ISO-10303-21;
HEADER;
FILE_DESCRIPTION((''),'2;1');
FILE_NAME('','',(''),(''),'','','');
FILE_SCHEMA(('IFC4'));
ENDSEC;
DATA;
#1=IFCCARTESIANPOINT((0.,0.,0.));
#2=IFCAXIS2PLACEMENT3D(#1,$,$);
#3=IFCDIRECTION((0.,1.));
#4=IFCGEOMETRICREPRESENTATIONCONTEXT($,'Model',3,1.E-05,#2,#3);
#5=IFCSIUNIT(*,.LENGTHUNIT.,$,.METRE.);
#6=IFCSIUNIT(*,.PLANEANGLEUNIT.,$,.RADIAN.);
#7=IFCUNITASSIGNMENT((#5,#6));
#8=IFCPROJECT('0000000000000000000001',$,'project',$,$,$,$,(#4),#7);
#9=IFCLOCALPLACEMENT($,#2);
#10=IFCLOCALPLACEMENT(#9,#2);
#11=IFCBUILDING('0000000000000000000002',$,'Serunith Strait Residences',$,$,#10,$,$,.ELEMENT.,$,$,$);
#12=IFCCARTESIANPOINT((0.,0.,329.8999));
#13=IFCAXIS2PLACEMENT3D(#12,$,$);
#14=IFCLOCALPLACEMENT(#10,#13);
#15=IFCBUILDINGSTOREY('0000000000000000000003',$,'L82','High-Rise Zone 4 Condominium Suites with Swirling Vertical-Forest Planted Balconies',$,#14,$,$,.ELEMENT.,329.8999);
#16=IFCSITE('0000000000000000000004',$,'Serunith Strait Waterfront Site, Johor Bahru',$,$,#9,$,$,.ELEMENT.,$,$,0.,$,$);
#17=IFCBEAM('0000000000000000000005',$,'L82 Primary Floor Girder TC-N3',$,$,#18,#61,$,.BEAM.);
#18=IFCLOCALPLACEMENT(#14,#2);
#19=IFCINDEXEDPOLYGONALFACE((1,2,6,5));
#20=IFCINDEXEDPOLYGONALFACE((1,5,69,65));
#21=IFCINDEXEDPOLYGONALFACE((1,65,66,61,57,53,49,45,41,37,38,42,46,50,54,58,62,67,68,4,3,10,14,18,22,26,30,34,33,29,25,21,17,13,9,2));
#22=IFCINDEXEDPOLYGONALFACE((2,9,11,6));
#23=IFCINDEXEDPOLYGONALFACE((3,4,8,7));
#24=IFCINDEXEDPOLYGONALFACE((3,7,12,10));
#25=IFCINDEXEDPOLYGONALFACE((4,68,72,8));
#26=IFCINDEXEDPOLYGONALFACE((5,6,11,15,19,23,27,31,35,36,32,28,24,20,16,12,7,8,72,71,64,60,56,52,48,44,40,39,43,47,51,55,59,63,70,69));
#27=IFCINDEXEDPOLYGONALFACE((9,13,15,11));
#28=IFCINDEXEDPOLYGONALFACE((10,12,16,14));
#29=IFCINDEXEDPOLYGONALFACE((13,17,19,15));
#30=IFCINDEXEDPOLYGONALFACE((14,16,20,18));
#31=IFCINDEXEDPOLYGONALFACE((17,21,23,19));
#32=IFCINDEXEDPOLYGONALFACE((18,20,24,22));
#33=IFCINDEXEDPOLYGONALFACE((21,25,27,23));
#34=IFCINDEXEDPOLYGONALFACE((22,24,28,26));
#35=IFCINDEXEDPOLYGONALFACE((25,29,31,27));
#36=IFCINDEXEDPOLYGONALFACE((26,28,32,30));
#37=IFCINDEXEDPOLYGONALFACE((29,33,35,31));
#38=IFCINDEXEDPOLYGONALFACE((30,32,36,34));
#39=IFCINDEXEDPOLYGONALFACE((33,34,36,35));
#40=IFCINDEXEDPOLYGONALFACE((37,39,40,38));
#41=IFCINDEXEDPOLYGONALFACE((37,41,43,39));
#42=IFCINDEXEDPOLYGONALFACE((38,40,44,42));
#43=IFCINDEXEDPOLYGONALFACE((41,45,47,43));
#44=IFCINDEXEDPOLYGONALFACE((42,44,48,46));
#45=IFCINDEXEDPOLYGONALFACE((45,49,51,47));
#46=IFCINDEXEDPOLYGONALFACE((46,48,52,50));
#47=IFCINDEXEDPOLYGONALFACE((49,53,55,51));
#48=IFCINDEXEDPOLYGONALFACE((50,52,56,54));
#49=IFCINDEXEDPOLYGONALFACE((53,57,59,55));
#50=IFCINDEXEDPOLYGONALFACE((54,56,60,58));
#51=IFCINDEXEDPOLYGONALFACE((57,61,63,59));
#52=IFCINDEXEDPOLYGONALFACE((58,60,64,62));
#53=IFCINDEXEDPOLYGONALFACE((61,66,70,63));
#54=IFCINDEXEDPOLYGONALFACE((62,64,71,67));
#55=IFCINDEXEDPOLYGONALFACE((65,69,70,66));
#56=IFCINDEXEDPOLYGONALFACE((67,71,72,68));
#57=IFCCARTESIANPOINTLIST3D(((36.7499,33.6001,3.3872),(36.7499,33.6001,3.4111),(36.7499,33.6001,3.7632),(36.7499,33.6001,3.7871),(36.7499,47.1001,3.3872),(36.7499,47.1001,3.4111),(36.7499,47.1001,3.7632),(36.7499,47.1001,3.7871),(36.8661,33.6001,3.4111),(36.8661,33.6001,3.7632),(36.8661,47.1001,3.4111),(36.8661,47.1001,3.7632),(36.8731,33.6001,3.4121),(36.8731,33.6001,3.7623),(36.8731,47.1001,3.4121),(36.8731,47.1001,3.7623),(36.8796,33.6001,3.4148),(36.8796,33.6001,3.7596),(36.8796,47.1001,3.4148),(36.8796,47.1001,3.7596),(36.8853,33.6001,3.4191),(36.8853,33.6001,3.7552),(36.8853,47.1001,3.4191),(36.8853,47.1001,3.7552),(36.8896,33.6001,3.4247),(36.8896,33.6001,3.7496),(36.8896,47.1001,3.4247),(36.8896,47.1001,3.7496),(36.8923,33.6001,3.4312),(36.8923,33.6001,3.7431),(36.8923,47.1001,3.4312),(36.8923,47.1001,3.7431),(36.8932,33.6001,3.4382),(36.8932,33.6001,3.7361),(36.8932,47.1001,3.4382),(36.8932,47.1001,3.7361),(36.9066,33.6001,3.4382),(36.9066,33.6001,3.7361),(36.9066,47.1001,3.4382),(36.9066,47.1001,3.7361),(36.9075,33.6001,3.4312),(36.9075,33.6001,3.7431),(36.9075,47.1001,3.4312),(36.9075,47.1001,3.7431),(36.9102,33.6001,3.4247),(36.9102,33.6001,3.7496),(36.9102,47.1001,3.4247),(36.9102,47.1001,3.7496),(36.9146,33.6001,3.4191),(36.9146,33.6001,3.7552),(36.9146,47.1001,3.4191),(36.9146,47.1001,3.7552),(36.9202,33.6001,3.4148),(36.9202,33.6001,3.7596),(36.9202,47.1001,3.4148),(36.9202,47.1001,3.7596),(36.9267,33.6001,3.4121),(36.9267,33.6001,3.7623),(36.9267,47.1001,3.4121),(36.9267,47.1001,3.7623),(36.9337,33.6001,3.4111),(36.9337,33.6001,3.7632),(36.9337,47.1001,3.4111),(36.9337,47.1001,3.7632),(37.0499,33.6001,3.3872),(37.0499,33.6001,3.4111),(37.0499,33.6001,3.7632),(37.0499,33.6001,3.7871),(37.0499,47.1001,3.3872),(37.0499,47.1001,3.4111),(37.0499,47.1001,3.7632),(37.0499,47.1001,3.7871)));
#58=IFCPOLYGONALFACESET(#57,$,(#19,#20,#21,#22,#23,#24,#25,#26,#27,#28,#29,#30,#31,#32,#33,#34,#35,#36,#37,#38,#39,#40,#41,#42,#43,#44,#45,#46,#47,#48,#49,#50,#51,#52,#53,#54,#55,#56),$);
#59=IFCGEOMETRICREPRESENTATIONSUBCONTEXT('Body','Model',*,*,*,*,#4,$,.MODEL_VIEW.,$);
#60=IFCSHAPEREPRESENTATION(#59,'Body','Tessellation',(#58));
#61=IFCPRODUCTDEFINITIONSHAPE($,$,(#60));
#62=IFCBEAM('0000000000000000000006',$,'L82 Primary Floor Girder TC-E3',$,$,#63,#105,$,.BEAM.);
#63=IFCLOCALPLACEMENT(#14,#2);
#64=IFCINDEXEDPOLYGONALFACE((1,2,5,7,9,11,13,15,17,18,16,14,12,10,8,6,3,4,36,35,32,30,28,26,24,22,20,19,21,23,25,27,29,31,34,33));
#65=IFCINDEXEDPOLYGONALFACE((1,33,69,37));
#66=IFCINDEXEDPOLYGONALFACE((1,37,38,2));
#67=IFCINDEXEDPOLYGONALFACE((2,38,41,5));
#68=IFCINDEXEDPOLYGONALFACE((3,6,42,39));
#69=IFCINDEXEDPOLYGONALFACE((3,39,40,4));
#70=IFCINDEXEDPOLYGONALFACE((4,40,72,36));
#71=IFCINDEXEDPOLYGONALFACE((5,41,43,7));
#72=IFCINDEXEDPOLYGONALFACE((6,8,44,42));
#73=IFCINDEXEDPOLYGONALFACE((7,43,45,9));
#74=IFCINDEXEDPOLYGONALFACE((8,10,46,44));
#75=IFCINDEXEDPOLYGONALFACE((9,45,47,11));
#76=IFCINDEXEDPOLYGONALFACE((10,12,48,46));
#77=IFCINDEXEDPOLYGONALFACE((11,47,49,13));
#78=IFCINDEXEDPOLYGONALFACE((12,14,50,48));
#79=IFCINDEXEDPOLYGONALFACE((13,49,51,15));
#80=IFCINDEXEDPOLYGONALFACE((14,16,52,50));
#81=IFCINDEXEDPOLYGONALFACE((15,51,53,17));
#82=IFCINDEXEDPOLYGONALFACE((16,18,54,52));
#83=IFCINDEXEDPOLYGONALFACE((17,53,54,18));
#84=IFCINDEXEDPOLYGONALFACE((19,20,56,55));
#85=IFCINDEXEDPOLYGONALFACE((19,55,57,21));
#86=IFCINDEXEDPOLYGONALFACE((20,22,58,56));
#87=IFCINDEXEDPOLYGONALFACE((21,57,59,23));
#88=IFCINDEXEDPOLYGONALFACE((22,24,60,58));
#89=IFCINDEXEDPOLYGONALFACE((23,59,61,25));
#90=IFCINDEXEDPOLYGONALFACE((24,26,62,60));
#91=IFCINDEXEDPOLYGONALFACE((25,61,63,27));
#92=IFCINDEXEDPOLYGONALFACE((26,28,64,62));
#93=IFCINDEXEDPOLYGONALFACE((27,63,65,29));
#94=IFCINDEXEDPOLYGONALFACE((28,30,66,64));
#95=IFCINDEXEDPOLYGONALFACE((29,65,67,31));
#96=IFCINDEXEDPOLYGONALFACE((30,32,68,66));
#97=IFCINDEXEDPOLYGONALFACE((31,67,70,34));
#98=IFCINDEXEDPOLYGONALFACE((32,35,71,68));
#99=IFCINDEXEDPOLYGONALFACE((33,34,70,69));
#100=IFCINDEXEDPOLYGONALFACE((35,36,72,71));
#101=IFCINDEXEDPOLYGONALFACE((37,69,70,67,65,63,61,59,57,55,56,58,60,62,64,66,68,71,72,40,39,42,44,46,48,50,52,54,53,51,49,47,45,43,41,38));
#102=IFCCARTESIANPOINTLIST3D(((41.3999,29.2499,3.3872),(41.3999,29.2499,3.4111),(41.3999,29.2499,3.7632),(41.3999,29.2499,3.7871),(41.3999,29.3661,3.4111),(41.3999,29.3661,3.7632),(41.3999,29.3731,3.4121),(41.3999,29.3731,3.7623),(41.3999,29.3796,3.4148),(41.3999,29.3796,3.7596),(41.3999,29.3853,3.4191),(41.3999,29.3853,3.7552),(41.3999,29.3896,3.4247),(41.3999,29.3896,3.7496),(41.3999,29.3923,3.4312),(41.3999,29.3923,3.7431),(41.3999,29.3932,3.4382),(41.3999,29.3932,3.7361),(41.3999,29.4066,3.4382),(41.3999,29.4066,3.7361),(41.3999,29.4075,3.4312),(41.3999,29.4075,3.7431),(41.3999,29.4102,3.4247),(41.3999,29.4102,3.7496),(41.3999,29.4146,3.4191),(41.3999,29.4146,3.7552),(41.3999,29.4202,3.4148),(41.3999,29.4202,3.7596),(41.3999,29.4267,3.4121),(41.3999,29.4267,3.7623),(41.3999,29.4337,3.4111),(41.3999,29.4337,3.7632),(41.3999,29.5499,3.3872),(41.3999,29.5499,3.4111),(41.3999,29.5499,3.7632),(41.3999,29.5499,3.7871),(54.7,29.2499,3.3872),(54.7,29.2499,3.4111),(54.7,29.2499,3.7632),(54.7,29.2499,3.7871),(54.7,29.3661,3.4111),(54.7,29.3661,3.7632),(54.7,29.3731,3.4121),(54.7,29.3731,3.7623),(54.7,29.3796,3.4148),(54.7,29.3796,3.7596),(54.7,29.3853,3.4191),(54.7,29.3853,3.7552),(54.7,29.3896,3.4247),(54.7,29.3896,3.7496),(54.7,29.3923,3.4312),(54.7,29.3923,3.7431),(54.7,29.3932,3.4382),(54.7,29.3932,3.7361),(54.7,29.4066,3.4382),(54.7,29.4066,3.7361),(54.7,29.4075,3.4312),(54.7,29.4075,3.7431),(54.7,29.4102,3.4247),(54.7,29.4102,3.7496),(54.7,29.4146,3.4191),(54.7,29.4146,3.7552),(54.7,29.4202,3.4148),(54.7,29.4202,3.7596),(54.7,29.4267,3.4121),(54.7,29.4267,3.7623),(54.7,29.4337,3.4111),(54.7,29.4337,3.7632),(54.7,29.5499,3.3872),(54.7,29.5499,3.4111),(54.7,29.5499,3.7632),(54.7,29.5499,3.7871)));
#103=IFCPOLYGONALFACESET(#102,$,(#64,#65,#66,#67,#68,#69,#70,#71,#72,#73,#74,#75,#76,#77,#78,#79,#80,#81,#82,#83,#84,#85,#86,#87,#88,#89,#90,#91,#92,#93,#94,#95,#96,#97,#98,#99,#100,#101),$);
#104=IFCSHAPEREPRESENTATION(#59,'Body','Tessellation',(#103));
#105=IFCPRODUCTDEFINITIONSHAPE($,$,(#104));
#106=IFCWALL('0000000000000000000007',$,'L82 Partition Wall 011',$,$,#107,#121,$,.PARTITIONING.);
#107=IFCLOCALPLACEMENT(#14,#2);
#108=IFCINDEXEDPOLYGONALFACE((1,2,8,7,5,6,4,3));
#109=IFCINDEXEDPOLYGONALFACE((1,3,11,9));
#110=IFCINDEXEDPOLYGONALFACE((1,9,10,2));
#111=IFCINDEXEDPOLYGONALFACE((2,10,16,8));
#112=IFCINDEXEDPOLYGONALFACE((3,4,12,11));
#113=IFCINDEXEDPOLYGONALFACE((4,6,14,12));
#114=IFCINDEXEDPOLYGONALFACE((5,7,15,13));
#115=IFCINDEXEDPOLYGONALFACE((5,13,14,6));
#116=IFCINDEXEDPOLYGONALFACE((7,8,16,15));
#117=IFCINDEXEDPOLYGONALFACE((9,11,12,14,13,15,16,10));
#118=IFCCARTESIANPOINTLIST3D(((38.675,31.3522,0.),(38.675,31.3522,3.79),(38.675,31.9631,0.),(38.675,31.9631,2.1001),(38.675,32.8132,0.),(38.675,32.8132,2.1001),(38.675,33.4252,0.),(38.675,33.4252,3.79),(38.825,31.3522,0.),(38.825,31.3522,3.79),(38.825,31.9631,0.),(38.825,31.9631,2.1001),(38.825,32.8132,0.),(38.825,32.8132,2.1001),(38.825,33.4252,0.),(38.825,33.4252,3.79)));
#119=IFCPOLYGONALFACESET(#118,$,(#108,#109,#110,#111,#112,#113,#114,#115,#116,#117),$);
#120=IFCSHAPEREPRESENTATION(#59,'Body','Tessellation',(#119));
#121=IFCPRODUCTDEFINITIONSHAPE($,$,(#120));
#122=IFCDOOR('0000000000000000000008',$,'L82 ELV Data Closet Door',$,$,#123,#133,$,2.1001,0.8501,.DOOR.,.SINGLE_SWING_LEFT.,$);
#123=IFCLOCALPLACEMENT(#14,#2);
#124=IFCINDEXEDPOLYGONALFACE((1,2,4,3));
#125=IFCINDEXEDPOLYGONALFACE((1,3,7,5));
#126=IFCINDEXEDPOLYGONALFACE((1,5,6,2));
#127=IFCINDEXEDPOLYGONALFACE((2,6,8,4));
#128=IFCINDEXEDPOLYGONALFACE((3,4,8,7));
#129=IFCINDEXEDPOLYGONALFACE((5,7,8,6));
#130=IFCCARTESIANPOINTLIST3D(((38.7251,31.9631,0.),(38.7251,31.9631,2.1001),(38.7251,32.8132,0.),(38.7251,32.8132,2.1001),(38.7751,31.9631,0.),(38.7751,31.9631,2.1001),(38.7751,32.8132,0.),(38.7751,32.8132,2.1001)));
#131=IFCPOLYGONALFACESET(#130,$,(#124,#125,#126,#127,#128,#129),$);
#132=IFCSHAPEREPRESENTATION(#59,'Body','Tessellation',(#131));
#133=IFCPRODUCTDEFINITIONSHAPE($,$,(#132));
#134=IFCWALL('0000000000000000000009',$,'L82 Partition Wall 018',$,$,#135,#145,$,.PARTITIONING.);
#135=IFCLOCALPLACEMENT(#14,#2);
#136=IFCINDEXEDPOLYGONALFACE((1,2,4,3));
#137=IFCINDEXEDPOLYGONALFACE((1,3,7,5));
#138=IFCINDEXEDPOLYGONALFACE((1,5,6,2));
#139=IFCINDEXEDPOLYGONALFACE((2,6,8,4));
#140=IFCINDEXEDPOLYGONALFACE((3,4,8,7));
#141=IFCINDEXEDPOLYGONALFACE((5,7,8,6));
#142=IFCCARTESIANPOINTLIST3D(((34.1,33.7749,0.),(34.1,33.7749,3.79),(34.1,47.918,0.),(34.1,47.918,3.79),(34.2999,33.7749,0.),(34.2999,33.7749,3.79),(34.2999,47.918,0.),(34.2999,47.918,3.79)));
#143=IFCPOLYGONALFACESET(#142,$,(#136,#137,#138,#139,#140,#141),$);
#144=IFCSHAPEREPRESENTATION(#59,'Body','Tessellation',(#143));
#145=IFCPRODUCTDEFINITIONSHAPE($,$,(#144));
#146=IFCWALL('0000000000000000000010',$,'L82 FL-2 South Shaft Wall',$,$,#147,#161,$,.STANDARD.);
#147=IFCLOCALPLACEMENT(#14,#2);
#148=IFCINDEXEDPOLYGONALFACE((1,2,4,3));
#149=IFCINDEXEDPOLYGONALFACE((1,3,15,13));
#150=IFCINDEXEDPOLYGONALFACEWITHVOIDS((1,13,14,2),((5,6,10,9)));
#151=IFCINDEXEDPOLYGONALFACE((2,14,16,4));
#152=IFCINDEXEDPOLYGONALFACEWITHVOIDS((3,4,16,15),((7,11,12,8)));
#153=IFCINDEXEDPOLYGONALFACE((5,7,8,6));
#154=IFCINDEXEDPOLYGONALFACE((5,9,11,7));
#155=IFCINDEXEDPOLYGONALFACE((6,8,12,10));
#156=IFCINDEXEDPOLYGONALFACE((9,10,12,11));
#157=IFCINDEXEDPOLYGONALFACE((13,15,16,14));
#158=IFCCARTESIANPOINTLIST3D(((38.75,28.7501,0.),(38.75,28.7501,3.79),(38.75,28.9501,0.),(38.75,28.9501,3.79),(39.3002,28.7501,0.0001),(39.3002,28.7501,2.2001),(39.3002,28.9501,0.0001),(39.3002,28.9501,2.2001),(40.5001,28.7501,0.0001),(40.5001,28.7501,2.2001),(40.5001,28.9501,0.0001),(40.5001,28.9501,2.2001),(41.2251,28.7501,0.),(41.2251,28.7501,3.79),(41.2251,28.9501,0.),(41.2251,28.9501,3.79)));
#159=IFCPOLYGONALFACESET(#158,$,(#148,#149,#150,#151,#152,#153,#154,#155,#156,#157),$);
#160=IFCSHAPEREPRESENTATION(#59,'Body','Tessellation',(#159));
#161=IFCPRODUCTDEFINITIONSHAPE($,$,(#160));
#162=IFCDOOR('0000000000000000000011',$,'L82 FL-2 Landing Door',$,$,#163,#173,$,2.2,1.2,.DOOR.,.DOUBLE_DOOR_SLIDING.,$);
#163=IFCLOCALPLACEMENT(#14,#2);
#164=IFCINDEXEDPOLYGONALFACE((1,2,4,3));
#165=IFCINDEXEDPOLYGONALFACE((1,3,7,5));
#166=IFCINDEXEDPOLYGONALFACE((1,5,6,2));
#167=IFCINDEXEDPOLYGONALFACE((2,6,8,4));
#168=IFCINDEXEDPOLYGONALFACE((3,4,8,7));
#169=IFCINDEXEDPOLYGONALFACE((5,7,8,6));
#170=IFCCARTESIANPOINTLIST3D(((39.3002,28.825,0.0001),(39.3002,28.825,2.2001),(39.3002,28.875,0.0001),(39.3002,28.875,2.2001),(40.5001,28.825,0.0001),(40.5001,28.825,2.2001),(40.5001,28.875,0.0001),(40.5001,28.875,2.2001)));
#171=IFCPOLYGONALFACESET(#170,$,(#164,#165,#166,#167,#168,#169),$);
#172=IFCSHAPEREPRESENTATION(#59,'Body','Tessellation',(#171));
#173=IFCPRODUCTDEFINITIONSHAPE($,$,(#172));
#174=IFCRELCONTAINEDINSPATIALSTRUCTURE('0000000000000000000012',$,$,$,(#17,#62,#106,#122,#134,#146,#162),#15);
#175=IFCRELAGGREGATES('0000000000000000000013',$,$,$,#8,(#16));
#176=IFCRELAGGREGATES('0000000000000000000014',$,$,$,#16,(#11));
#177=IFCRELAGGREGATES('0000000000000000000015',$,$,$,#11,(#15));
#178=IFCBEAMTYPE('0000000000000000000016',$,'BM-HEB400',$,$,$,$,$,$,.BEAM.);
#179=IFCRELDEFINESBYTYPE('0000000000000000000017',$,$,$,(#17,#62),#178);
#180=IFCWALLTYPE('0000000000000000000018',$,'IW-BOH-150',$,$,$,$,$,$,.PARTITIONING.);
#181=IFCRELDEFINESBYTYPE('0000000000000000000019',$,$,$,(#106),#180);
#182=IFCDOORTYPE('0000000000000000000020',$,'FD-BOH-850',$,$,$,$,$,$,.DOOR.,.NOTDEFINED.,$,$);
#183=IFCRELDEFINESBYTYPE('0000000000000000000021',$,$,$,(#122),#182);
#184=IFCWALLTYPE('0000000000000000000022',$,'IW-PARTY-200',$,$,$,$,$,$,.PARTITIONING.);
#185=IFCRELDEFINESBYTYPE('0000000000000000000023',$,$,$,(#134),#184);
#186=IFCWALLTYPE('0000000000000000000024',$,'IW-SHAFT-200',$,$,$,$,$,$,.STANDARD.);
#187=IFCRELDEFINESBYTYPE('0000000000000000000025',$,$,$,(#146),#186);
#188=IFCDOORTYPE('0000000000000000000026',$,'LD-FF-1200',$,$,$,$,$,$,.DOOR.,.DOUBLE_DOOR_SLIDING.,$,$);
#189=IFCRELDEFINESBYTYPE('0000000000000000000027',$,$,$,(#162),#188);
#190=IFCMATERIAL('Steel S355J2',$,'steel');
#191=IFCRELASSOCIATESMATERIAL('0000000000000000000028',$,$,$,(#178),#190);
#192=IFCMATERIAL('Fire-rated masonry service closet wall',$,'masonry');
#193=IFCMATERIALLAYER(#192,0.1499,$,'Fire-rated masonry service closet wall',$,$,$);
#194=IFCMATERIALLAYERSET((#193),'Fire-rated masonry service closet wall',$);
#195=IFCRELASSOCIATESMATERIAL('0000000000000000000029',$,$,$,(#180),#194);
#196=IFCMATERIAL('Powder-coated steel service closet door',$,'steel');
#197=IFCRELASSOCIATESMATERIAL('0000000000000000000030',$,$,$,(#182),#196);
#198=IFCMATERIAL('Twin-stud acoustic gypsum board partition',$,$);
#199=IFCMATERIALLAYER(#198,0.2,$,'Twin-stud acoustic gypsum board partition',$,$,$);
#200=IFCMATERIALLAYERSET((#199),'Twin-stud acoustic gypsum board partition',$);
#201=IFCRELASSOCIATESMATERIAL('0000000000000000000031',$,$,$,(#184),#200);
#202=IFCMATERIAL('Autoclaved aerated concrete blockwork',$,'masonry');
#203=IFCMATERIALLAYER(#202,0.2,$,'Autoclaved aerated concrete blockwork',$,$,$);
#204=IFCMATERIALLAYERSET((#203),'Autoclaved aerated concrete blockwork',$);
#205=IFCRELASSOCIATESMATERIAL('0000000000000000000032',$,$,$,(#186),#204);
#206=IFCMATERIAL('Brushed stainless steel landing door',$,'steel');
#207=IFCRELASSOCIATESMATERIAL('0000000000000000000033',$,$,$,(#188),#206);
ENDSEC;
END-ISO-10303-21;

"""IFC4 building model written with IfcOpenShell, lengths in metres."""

from ifc_helpers import new_model, si_unit, direction, frame, frame_2d, origin, origin_2d, place, context, subcontext, project, spatial, rectangle, i_section, extrude, source, transform, mapped, material, layer, layer_set, material_profile, profile_set, type_object, element, fill, save


model = new_model("IFC4")

# Units and contexts
model_context = context("Model", 3, precision=1e-05, world=origin(), true_north=direction((0.0, 1.0)))
body_context = subcontext(model_context, "Body", "Model", "MODEL_VIEW")
ifc_project = project(units=[si_unit("LENGTHUNIT", "METRE"), si_unit("PLANEANGLEUNIT", "RADIAN")], contexts=[model_context])

# Site, building, storey
site_placement = place(None, origin())
site = spatial("IfcSite", under=ifc_project, at=site_placement, Name="Serunith Strait Waterfront Site, Johor Bahru", CompositionType="ELEMENT", RefElevation=0.0)
building_placement = place(site_placement, origin())
building = spatial("IfcBuilding", under=site, at=building_placement, Name="Serunith Strait Residences", CompositionType="ELEMENT")
storey_placement = place(building_placement, frame((0.0, 0.0, 329.8999)))
storey = spatial("IfcBuildingStorey", under=building, at=storey_placement, Name="L82", Description="High-Rise Zone 4 Condominium Suites with Swirling Vertical-Forest Planted Balconies", CompositionType="ELEMENT", Elevation=329.8999)

# Beams
ifc_material_1 = material(Name="Steel S355J2", Category="steel")
ifc_material_profile = material_profile(ifc_material_1, i_section(OverallWidth=0.3, OverallDepth=0.3999, WebThickness=0.0134, FlangeThickness=0.0239, FilletRadius=0.0271, at=origin_2d()), Name="HEB 400")
ifc_profile_set = profile_set([ifc_material_profile], Name="Steel S355J2")
beam_type = type_object("IfcBeamType", Name="BM-HEB400", PredefinedType="BEAM", material=ifc_profile_set)
shared_shape_1 = source(origin(), body_context, "Body", "SweptSolid", [
    extrude(i_section(OverallWidth=0.3, OverallDepth=0.3999, WebThickness=0.0134, FlangeThickness=0.0239, FilletRadius=0.0271, at=origin_2d()), origin(), (0.0, 0.0, 1.0), 13.5),
])
beam_1_placement = place(storey_placement, frame((36.8999, 33.6001, 3.5872), z_axis=(0.0, 1.0, 0.0), x_axis=(-1.0, 0.0, 0.0)))
element("IfcBeam", 1, at=beam_1_placement, inside=storey, type_object=beam_type, Name="L82 Primary Floor Girder TC-N3", PredefinedType="BEAM", context=body_context, shape_type="MappedRepresentation", body=[
    mapped(shared_shape_1, transform((0.0, 0.0, 0.0), scale=1.0)),
])
shared_shape_2 = source(origin(), body_context, "Body", "SweptSolid", [
    extrude(i_section(OverallWidth=0.3, OverallDepth=0.3999, WebThickness=0.0134, FlangeThickness=0.0239, FilletRadius=0.0271, at=origin_2d()), origin(), (0.0, 0.0, 1.0), 13.3),
])
beam_2_placement = place(storey_placement, frame((41.3999, 29.3999, 3.5872), z_axis=(1.0, 0.0, 0.0), x_axis=(0.0, 1.0, 0.0)))
element("IfcBeam", 2, at=beam_2_placement, inside=storey, type_object=beam_type, Name="L82 Primary Floor Girder TC-E3", PredefinedType="BEAM", context=body_context, shape_type="MappedRepresentation", body=[
    mapped(shared_shape_2, transform((0.0, 0.0, 0.0), scale=1.0)),
])

# Wall, opening, door
ifc_material_2 = material(Name="Fire-rated masonry service closet wall", Category="masonry")
ifc_layer_1 = layer(ifc_material_2, 0.1499, Name="Fire-rated masonry service closet wall")
ifc_layer_set_1 = layer_set([ifc_layer_1], Name="Fire-rated masonry service closet wall")
wall_type_1 = type_object("IfcWallType", Name="IW-BOH-150", PredefinedType="PARTITIONING", material=ifc_layer_set_1)
wall_1_placement = place(storey_placement, frame((38.75, 31.3521, 0.0), z_axis=(0.0, 0.0, 1.0), x_axis=(0.0, 1.0, 0.0)))
wall_1 = element("IfcWall", 3, at=wall_1_placement, inside=storey, type_object=wall_type_1, Name="L82 Partition Wall 011", PredefinedType="PARTITIONING", context=body_context, shape_type="SweptSolid", body=[
    extrude(rectangle(XDim=2.073, YDim=0.1499, at=frame_2d((1.0366, 0.0))), origin(), (0.0, 0.0, 1.0), 3.79),
])
opening_1_placement = place(wall_1_placement, frame((0.6111, 0.0, 0.0)))
opening_1 = element("IfcOpeningElement", 4, at=opening_1_placement, cuts=wall_1, PredefinedType="OPENING", context=body_context, shape_type="SweptSolid", body=[
    extrude(rectangle(XDim=0.8501, YDim=2.1001, at=frame_2d((0.425, 1.05))), frame((0.0, 0.085, 0.0), z_axis=(0.0, -1.0, 0.0), x_axis=(1.0, 0.0, 0.0)), (0.0, 0.0, 1.0), 0.1699),
])
ifc_material_3 = material(Name="Powder-coated steel service closet door", Category="steel")
door_type_1 = type_object("IfcDoorType", Name="FD-BOH-850", OperationType="NOTDEFINED", PredefinedType="DOOR", material=ifc_material_3)
shared_shape_3 = source(origin(), body_context, "Body", "SweptSolid", [
    extrude(rectangle(XDim=0.8501, YDim=2.1001, at=frame_2d((0.425, 1.05))), frame((0.0, 0.0249, 0.0), z_axis=(0.0, -1.0, 0.0), x_axis=(1.0, 0.0, 0.0)), (0.0, 0.0, 1.0), 0.05),
])
door_1_placement = place(opening_1_placement, origin())
door_1 = element("IfcDoor", 5, at=door_1_placement, inside=storey, type_object=door_type_1, Name="L82 ELV Data Closet Door", OperationType="SINGLE_SWING_LEFT", OverallHeight=2.1001, OverallWidth=0.8501, PredefinedType="DOOR", context=body_context, shape_type="MappedRepresentation", body=[
    mapped(shared_shape_3, transform((0.0, 0.0, 0.0), scale=1.0)),
])
fill(opening_1, door_1)

# Wall
ifc_material_4 = material(Name="Twin-stud acoustic gypsum board partition")
ifc_layer_2 = layer(ifc_material_4, 0.2, Name="Twin-stud acoustic gypsum board partition")
ifc_layer_set_2 = layer_set([ifc_layer_2], Name="Twin-stud acoustic gypsum board partition")
wall_type_2 = type_object("IfcWallType", Name="IW-PARTY-200", PredefinedType="PARTITIONING", material=ifc_layer_set_2)
wall_2_placement = place(storey_placement, frame((34.2, 33.7749, 0.0), z_axis=(0.0, 0.0, 1.0), x_axis=(0.0, 1.0, 0.0)))
element("IfcWall", 6, at=wall_2_placement, inside=storey, type_object=wall_type_2, Name="L82 Partition Wall 018", PredefinedType="PARTITIONING", context=body_context, shape_type="SweptSolid", body=[
    extrude(rectangle(XDim=14.1431, YDim=0.2, at=frame_2d((7.0715, 0.0))), origin(), (0.0, 0.0, 1.0), 3.79),
])

# Wall, opening, door
ifc_material_5 = material(Name="Autoclaved aerated concrete blockwork", Category="masonry")
ifc_layer_3 = layer(ifc_material_5, 0.2, Name="Autoclaved aerated concrete blockwork")
ifc_layer_set_3 = layer_set([ifc_layer_3], Name="Autoclaved aerated concrete blockwork")
wall_type_3 = type_object("IfcWallType", Name="IW-SHAFT-200", PredefinedType="STANDARD", material=ifc_layer_set_3)
wall_3_placement = place(storey_placement, frame((38.75, 28.8501, 0.0), z_axis=(0.0, 0.0, 1.0), x_axis=(1.0, 0.0, 0.0)))
wall_3 = element("IfcWall", 7, at=wall_3_placement, inside=storey, type_object=wall_type_3, Name="L82 FL-2 South Shaft Wall", PredefinedType="STANDARD", context=body_context, shape_type="SweptSolid", body=[
    extrude(rectangle(XDim=2.4751, YDim=0.2, at=frame_2d((1.2375, 0.0))), origin(), (0.0, 0.0, 1.0), 3.79),
])
opening_2_placement = place(wall_3_placement, frame((0.55, 0.0, 0.0)))
opening_2 = element("IfcOpeningElement", 8, at=opening_2_placement, cuts=wall_3, PredefinedType="OPENING", context=body_context, shape_type="SweptSolid", body=[
    extrude(rectangle(XDim=1.2, YDim=2.2, at=frame_2d((0.6001, 1.1001))), frame((0.0, 0.1099, 0.0), z_axis=(0.0, -1.0, 0.0), x_axis=(1.0, 0.0, 0.0)), (0.0, 0.0, 1.0), 0.22),
])
ifc_material_6 = material(Name="Brushed stainless steel landing door", Category="steel")
door_type_2 = type_object("IfcDoorType", Name="LD-FF-1200", OperationType="DOUBLE_DOOR_SLIDING", PredefinedType="DOOR", material=ifc_material_6)
shared_shape_4 = source(origin(), body_context, "Body", "SweptSolid", [
    extrude(rectangle(XDim=1.2, YDim=2.2, at=frame_2d((0.6001, 1.1001))), frame((0.0, 0.0249, 0.0), z_axis=(0.0, -1.0, 0.0), x_axis=(1.0, 0.0, 0.0)), (0.0, 0.0, 1.0), 0.05),
])
door_2_placement = place(opening_2_placement, origin())
door_2 = element("IfcDoor", 9, at=door_2_placement, inside=storey, type_object=door_type_2, Name="L82 FL-2 Landing Door", OperationType="DOUBLE_DOOR_SLIDING", OverallHeight=2.2, OverallWidth=1.2, PredefinedType="DOOR", context=body_context, shape_type="MappedRepresentation", body=[
    mapped(shared_shape_4, transform((0.0, 0.0, 0.0), scale=1.0)),
])
fill(opening_2, door_2)

save(model, "model.ifc")
